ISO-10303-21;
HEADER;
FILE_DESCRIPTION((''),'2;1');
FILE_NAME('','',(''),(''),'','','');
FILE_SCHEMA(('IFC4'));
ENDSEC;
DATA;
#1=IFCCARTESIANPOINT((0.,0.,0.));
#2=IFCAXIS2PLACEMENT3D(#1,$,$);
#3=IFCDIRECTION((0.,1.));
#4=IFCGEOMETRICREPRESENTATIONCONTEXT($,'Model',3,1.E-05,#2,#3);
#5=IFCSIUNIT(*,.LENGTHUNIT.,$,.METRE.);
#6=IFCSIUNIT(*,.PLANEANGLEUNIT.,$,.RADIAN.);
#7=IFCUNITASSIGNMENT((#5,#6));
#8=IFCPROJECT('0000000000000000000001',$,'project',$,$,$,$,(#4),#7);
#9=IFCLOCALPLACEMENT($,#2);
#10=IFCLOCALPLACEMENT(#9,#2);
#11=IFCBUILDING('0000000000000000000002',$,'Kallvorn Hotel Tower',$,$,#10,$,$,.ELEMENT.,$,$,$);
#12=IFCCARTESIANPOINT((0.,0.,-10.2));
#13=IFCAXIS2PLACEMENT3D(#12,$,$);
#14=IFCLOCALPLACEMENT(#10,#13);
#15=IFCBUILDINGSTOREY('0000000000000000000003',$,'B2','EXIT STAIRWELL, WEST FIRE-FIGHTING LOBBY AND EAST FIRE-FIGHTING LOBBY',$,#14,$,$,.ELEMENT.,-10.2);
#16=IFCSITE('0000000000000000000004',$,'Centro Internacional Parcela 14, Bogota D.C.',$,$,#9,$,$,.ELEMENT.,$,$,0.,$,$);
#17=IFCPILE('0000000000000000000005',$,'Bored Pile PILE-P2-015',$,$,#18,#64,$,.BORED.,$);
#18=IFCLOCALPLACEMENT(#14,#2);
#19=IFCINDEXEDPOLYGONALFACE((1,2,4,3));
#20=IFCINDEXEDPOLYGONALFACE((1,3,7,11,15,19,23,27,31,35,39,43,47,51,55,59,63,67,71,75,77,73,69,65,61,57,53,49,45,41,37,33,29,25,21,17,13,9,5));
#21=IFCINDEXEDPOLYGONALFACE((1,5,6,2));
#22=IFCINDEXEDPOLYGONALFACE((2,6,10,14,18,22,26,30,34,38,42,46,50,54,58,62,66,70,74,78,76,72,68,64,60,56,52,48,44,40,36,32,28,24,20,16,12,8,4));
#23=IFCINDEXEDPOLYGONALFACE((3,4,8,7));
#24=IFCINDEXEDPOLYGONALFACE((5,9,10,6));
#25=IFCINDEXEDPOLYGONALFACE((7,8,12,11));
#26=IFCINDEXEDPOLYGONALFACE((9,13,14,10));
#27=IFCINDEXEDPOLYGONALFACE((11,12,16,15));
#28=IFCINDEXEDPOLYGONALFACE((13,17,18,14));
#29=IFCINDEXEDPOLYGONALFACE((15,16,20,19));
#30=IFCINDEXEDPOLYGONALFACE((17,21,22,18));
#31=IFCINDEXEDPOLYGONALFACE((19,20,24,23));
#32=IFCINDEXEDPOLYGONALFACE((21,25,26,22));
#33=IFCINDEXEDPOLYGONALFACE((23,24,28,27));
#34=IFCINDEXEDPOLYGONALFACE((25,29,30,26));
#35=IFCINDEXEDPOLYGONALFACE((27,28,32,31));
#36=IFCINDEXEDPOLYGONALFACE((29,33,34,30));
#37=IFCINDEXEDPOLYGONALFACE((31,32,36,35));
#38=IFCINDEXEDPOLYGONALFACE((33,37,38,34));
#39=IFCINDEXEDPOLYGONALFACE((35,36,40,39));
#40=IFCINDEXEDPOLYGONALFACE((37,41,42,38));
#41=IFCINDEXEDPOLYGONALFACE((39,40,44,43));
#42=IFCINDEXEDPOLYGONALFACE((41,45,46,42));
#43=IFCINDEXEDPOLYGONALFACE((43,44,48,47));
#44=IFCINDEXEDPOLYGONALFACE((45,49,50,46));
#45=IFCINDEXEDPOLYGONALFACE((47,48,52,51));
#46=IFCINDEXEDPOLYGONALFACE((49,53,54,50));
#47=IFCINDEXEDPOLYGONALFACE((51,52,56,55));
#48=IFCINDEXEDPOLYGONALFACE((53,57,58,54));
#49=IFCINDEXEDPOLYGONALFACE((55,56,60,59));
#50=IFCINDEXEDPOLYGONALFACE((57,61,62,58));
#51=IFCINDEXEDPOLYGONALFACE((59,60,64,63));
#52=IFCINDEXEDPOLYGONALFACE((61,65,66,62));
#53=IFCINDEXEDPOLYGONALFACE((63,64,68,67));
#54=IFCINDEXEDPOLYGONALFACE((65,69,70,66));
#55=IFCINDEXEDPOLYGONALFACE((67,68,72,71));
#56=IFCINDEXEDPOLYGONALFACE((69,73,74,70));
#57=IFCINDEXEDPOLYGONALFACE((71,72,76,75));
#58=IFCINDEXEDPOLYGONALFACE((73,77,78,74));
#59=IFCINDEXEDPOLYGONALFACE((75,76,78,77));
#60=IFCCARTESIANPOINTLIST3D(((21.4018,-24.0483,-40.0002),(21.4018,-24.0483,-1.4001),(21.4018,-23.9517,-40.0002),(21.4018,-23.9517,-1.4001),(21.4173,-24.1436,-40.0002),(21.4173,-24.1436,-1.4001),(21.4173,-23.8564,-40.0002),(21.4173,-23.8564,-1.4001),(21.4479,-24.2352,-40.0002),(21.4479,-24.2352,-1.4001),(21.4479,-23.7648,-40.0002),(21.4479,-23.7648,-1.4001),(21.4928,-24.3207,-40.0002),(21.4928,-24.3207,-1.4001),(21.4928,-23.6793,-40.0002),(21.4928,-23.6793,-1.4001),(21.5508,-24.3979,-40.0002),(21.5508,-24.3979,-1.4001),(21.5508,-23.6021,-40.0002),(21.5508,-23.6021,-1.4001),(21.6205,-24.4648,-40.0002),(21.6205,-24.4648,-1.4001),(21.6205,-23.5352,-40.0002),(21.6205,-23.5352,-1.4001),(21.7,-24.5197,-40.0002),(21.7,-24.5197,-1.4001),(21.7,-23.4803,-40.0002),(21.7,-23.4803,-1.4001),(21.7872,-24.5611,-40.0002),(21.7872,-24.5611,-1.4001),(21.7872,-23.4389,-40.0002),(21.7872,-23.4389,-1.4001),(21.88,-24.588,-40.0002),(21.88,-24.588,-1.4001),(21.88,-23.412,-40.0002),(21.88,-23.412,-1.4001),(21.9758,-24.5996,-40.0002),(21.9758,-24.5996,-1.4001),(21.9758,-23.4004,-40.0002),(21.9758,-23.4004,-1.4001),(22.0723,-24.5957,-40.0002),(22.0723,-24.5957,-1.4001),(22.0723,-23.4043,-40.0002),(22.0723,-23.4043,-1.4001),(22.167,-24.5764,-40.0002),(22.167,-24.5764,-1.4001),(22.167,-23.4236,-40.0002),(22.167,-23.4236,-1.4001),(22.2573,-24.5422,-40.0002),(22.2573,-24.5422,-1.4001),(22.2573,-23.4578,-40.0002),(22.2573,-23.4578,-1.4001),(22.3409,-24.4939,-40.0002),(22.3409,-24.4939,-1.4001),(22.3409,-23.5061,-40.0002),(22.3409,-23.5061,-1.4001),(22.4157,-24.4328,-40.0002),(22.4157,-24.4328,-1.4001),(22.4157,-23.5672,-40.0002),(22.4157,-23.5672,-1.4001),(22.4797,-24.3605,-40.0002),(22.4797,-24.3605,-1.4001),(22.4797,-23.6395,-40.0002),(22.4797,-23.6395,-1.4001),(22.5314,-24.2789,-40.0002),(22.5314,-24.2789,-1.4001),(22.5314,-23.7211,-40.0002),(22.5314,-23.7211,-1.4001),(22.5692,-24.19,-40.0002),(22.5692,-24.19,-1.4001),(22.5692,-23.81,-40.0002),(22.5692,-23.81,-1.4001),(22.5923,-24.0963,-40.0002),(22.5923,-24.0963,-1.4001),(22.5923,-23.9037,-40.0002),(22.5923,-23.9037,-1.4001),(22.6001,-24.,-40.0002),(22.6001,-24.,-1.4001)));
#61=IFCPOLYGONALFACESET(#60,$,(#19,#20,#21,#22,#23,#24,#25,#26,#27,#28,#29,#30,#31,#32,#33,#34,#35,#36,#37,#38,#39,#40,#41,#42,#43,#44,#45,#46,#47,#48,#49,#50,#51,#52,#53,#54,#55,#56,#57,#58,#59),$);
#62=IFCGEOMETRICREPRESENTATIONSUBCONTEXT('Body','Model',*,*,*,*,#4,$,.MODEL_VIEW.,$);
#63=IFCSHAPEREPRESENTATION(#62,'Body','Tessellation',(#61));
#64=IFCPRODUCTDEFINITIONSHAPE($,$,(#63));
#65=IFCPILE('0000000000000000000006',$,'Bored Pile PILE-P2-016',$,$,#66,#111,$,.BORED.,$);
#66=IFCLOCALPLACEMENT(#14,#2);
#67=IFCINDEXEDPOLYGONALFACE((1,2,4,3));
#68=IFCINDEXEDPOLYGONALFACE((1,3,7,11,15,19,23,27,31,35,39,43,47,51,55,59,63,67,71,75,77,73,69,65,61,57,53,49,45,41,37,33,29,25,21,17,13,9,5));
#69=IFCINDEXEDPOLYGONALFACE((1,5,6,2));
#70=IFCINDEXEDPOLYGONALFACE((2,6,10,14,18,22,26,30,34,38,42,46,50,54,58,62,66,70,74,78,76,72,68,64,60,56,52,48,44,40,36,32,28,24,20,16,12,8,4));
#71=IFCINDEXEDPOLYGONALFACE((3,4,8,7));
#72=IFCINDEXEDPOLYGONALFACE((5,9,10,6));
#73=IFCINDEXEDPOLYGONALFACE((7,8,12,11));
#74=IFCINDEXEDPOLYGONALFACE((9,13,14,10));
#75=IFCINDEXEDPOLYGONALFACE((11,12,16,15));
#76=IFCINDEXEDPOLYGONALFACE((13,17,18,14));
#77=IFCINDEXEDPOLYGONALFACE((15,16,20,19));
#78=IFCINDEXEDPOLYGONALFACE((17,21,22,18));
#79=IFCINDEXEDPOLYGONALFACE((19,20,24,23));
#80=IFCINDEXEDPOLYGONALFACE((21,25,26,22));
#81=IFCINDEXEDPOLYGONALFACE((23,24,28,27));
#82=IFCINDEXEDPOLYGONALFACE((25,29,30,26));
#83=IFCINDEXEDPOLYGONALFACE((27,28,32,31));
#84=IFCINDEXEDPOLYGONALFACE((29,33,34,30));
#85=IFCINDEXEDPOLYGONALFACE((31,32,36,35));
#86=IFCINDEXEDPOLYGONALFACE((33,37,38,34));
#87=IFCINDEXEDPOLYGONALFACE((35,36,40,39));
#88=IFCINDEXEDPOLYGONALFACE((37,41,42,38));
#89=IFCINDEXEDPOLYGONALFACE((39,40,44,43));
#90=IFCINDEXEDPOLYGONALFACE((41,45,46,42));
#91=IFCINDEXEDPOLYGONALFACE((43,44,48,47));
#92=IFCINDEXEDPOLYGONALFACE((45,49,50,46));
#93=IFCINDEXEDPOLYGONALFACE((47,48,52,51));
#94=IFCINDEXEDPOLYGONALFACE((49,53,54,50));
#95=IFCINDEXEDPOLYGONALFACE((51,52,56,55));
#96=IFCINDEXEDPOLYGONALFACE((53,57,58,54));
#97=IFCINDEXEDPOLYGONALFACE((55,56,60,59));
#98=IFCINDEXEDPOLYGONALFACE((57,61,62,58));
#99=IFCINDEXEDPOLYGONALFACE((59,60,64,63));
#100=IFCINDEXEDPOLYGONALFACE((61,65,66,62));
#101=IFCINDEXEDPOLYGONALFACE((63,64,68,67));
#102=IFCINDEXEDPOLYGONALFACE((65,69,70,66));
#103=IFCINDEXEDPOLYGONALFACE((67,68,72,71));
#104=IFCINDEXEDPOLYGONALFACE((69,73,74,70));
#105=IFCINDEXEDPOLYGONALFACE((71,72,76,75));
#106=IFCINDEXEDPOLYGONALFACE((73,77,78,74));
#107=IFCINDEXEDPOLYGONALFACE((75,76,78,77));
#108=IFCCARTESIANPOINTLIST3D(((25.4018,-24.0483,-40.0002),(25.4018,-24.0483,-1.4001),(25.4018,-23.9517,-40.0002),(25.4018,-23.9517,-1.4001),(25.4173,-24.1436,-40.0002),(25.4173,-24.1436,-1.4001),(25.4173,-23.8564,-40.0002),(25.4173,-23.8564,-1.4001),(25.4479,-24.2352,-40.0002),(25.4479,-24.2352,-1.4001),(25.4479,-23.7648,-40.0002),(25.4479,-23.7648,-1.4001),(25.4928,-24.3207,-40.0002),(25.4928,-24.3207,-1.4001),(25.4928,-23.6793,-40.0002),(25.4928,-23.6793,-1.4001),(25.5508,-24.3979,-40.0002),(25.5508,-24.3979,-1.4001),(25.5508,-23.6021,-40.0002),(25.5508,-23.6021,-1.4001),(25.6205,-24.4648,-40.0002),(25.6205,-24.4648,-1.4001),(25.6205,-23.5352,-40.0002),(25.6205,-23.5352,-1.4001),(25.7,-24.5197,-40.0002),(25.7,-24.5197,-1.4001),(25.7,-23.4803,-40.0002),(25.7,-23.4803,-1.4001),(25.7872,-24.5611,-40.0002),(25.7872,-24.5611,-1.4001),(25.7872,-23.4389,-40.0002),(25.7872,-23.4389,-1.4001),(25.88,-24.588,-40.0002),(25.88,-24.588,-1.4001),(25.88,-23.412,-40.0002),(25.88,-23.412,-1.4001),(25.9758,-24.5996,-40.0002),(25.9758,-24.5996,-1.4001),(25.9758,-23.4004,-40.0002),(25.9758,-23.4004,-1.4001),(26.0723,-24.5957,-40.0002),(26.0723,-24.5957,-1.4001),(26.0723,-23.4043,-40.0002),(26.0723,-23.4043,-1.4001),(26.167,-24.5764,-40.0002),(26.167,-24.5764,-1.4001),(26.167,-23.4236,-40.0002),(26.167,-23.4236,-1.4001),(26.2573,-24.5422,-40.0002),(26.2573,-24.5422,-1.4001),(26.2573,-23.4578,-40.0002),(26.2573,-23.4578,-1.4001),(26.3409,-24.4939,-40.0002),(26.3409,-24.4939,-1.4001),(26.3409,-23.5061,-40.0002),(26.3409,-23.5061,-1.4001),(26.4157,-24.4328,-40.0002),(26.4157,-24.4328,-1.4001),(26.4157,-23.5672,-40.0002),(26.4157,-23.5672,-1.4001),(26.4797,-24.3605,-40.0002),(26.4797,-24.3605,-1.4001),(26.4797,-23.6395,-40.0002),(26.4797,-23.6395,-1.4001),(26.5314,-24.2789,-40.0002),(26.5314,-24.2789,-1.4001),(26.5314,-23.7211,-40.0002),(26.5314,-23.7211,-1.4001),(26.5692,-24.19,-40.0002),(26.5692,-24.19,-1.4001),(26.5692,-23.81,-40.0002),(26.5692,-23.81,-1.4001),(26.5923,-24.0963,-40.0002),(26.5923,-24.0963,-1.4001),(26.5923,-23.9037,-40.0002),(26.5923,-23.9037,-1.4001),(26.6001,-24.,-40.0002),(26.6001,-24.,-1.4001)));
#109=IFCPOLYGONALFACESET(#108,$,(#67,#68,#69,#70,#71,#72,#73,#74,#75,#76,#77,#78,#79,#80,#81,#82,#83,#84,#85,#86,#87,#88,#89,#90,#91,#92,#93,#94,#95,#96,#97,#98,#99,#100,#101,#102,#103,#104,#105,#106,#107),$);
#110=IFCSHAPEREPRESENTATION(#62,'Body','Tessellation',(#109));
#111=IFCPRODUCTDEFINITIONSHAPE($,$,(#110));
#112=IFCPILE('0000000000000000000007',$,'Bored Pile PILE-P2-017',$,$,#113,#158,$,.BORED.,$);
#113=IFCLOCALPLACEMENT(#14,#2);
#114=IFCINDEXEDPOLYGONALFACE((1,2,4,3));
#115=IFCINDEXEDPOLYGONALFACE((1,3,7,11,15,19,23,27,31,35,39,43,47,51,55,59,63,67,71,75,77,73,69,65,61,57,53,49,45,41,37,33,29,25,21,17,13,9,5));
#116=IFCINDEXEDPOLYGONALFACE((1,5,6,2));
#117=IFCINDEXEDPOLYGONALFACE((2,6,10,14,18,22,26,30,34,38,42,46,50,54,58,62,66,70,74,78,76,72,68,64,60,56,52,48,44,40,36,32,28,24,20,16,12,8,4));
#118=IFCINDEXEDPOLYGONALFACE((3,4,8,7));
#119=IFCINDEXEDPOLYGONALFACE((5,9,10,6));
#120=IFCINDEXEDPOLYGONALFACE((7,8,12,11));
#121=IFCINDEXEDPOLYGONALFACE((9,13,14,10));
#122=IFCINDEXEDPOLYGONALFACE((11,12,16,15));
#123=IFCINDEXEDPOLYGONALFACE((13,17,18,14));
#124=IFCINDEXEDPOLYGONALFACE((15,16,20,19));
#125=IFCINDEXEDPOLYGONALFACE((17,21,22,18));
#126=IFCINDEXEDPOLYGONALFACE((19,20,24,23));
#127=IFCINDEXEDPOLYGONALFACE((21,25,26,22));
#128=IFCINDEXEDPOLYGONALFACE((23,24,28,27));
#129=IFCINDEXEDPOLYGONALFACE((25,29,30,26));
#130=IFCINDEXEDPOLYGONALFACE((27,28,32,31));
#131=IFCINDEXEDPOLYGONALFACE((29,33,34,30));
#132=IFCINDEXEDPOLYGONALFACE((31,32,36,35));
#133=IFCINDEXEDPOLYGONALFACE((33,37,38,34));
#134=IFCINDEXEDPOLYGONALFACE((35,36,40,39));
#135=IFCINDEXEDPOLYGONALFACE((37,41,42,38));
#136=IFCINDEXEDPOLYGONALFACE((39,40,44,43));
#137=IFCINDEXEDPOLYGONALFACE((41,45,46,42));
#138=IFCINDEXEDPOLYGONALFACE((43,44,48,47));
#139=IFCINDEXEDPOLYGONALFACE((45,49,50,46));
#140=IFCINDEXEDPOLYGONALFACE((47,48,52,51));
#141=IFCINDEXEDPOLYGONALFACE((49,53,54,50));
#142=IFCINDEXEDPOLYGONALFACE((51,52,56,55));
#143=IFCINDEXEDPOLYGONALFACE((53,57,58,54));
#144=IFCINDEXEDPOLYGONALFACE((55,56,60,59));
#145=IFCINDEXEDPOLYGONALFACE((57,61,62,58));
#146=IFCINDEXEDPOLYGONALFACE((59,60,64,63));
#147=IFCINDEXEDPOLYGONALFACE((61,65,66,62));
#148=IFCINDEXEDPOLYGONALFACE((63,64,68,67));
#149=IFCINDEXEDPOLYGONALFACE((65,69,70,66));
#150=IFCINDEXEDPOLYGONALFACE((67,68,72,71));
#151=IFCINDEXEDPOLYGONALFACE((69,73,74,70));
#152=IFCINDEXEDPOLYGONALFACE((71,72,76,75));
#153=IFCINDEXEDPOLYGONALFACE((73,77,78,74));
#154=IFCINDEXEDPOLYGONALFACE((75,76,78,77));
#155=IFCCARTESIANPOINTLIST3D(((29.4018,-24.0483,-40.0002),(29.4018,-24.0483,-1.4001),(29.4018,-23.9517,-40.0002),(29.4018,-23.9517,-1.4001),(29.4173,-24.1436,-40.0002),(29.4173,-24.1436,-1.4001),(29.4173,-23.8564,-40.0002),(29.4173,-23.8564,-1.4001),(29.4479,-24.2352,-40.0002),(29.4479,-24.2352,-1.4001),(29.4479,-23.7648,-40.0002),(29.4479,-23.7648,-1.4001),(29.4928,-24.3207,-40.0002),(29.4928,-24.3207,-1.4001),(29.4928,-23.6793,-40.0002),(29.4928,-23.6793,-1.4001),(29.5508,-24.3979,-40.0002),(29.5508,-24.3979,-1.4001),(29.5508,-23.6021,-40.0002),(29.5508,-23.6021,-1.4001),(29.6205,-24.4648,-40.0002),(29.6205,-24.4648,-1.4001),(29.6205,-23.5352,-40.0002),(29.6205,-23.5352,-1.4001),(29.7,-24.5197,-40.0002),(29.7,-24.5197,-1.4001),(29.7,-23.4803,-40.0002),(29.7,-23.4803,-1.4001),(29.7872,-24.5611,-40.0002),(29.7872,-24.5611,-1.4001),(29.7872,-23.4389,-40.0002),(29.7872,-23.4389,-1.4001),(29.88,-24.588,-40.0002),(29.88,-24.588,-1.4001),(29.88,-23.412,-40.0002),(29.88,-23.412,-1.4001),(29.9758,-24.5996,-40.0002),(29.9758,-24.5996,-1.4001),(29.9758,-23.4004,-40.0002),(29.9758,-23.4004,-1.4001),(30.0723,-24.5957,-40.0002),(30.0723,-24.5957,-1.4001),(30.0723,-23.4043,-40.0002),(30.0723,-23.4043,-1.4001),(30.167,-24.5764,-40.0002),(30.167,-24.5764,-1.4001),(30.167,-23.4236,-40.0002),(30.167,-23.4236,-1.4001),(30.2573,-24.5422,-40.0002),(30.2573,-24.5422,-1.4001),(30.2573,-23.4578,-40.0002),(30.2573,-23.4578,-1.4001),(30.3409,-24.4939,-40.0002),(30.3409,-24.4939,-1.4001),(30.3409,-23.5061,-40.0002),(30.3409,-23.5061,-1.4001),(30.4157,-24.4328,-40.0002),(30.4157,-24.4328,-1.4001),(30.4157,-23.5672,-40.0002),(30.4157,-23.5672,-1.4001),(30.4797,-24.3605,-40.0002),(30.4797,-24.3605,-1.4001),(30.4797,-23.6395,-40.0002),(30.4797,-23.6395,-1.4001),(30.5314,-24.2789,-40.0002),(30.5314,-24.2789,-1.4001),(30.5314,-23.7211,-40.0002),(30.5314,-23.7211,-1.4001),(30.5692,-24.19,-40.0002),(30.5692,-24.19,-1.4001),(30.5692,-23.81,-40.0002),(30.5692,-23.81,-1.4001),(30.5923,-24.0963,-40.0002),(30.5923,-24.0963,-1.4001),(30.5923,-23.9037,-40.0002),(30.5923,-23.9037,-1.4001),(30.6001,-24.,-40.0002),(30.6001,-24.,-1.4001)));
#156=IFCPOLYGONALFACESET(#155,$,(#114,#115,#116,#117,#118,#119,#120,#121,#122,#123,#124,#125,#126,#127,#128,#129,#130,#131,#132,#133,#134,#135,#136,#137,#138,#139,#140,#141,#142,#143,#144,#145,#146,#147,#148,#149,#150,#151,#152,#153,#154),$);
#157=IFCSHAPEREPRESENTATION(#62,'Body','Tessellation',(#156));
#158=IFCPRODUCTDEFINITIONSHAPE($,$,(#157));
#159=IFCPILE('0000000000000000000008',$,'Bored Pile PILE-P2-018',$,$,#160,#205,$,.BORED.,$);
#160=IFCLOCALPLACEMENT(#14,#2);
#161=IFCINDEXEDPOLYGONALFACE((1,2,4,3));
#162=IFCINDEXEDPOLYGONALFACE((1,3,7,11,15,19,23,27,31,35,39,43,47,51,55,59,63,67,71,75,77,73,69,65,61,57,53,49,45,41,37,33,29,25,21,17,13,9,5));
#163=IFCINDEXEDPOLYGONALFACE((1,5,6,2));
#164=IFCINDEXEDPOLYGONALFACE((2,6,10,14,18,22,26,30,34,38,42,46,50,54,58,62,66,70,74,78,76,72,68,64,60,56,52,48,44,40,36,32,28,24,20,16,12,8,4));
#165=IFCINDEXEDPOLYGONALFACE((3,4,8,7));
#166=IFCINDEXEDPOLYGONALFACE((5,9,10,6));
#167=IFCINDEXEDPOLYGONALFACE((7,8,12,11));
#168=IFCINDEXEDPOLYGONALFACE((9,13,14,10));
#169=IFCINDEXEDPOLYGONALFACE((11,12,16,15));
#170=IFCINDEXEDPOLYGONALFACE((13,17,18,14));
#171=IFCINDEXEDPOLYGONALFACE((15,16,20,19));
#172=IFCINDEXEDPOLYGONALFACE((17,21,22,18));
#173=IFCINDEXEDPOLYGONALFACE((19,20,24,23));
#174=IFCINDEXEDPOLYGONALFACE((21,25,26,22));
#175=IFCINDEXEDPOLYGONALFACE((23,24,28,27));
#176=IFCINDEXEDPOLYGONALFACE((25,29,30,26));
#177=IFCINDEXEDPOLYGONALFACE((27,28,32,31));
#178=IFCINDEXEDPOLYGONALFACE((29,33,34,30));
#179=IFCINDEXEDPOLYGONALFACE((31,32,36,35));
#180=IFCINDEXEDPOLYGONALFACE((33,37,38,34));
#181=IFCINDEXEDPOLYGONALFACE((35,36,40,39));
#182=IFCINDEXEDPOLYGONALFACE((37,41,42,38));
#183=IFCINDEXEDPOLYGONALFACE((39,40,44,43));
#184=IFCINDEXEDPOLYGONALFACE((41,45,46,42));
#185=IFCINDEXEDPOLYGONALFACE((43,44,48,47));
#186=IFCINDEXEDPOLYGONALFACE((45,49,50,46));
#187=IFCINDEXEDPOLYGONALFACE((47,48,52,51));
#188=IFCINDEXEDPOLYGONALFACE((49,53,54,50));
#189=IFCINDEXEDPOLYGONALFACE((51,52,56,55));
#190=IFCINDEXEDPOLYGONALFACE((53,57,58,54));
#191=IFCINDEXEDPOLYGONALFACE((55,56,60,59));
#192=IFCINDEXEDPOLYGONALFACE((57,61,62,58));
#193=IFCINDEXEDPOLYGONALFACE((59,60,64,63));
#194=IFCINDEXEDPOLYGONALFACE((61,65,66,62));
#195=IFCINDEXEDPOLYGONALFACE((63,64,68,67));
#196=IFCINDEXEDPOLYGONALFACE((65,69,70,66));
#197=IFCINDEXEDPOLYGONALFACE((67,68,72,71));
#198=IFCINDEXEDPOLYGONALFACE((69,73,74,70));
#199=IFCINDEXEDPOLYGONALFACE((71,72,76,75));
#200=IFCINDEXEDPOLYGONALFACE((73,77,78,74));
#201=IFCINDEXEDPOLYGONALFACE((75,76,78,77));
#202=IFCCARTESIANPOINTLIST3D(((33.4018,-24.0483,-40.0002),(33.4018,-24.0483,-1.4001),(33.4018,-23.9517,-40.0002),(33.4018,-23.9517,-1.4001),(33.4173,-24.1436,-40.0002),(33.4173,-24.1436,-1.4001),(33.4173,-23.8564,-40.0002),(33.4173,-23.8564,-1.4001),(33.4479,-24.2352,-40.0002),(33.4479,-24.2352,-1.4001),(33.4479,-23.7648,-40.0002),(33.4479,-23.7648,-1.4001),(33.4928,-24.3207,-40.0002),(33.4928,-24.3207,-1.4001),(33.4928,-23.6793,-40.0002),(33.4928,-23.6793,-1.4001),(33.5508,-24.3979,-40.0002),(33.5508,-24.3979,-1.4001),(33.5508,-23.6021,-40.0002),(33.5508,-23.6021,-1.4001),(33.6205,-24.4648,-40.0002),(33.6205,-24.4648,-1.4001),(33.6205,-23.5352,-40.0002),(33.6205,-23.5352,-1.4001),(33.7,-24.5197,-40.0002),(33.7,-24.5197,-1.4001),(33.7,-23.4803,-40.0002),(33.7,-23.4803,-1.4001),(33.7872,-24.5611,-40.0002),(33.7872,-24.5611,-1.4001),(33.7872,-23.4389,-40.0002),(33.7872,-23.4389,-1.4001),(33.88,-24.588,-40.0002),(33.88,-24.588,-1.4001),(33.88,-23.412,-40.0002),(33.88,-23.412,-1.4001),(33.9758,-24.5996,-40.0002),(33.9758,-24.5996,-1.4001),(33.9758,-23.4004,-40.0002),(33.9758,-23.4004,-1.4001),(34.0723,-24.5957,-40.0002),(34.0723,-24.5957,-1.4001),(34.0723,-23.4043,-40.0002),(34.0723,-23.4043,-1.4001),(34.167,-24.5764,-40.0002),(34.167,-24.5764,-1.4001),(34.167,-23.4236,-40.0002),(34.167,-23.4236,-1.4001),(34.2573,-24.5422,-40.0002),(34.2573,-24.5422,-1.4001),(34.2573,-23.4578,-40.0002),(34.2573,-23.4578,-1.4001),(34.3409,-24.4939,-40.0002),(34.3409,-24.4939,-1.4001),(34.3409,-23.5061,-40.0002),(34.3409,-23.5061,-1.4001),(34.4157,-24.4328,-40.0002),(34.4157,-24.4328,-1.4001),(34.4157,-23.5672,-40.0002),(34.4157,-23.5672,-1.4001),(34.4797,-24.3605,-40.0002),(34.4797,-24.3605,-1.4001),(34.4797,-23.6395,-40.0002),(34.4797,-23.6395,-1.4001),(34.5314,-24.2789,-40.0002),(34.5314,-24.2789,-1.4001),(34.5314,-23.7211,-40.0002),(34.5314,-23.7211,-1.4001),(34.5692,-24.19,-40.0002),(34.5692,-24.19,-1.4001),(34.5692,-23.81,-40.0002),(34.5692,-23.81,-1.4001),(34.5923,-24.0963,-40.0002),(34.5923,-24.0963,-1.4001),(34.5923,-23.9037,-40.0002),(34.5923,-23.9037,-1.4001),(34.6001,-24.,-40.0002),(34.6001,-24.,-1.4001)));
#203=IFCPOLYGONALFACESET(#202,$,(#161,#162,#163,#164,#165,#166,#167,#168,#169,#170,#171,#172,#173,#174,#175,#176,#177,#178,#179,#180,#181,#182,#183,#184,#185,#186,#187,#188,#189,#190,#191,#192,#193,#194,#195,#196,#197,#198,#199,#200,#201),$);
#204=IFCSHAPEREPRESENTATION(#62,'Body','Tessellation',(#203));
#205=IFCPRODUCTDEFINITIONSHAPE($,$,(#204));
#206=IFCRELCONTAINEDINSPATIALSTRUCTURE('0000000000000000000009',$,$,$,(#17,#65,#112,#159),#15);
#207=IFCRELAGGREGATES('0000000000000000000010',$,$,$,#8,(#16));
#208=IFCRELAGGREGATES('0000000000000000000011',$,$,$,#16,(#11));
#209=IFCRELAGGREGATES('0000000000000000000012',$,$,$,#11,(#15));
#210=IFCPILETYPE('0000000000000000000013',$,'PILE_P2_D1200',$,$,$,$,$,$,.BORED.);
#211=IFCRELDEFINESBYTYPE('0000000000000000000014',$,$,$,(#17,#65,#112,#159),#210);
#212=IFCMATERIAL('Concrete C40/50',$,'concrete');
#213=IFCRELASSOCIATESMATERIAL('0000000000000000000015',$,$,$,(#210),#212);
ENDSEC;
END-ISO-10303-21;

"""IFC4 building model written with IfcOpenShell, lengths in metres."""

from ifc_helpers import new_model, si_unit, direction, frame, origin, origin_2d, place, context, subcontext, project, spatial, circle, extrude, material, material_profile, profile_set, type_object, element, save


model = new_model("IFC4")

# Units and contexts
model_context = context("Model", 3, precision=1e-05, world=origin(), true_north=direction((0.0, 1.0)))
body_context = subcontext(model_context, "Body", "Model", "MODEL_VIEW")
ifc_project = project(units=[si_unit("LENGTHUNIT", "METRE"), si_unit("PLANEANGLEUNIT", "RADIAN")], contexts=[model_context])

# Site, building, storey
site_placement = place(None, origin())
site = spatial("IfcSite", under=ifc_project, at=site_placement, Name="Centro Internacional Parcela 14, Bogota D.C.", CompositionType="ELEMENT", RefElevation=0.0)
building_placement = place(site_placement, origin())
building = spatial("IfcBuilding", under=site, at=building_placement, Name="Kallvorn Hotel Tower", CompositionType="ELEMENT")
storey_placement = place(building_placement, frame((0.0, 0.0, -10.2)))
storey = spatial("IfcBuildingStorey", under=building, at=storey_placement, Name="B2", Description="EXIT STAIRWELL, WEST FIRE-FIGHTING LOBBY AND EAST FIRE-FIGHTING LOBBY", CompositionType="ELEMENT", Elevation=-10.2)

# Piles
ifc_material_1 = material(Name="Concrete C40/50", Category="concrete")
ifc_material_profile_1 = material_profile(ifc_material_1, circle(Radius=0.6001, at=origin_2d()), Name="PILE D1200")
ifc_profile_set_1 = profile_set([ifc_material_profile_1], Name="Concrete C40/50")
pile_type_1 = type_object("IfcPileType", Name="PILE_P2_D1200", PredefinedType="BORED", material=ifc_profile_set_1)
for number, where, z_axis, x_axis, name in (
    (1, (22.0, -24.0, -1.4001), (0.0, 0.0, -1.0), (1.0, 0.0, 0.0), "Bored Pile PILE-P2-015"),
    (2, (26.0, -24.0, -1.4001), (0.0, 0.0, -1.0), (1.0, 0.0, 0.0), "Bored Pile PILE-P2-016"),
    (3, (30.0, -24.0, -1.4001), (0.0, 0.0, -1.0), (1.0, 0.0, 0.0), "Bored Pile PILE-P2-017"),
    (4, (34.0, -24.0, -1.4001), (0.0, 0.0, -1.0), (1.0, 0.0, 0.0), "Bored Pile PILE-P2-018"),
):
    element("IfcPile", number, at=place(storey_placement, frame(where, z_axis=z_axis, x_axis=x_axis)), inside=storey, type_object=pile_type_1, Name=name, PredefinedType="BORED", context=body_context, shape_type="SweptSolid", body=[
        extrude(circle(Radius=0.6001, at=origin_2d()), origin(), (0.0, 0.0, 1.0), 38.6001),
    ])

save(model, "model.ifc")
